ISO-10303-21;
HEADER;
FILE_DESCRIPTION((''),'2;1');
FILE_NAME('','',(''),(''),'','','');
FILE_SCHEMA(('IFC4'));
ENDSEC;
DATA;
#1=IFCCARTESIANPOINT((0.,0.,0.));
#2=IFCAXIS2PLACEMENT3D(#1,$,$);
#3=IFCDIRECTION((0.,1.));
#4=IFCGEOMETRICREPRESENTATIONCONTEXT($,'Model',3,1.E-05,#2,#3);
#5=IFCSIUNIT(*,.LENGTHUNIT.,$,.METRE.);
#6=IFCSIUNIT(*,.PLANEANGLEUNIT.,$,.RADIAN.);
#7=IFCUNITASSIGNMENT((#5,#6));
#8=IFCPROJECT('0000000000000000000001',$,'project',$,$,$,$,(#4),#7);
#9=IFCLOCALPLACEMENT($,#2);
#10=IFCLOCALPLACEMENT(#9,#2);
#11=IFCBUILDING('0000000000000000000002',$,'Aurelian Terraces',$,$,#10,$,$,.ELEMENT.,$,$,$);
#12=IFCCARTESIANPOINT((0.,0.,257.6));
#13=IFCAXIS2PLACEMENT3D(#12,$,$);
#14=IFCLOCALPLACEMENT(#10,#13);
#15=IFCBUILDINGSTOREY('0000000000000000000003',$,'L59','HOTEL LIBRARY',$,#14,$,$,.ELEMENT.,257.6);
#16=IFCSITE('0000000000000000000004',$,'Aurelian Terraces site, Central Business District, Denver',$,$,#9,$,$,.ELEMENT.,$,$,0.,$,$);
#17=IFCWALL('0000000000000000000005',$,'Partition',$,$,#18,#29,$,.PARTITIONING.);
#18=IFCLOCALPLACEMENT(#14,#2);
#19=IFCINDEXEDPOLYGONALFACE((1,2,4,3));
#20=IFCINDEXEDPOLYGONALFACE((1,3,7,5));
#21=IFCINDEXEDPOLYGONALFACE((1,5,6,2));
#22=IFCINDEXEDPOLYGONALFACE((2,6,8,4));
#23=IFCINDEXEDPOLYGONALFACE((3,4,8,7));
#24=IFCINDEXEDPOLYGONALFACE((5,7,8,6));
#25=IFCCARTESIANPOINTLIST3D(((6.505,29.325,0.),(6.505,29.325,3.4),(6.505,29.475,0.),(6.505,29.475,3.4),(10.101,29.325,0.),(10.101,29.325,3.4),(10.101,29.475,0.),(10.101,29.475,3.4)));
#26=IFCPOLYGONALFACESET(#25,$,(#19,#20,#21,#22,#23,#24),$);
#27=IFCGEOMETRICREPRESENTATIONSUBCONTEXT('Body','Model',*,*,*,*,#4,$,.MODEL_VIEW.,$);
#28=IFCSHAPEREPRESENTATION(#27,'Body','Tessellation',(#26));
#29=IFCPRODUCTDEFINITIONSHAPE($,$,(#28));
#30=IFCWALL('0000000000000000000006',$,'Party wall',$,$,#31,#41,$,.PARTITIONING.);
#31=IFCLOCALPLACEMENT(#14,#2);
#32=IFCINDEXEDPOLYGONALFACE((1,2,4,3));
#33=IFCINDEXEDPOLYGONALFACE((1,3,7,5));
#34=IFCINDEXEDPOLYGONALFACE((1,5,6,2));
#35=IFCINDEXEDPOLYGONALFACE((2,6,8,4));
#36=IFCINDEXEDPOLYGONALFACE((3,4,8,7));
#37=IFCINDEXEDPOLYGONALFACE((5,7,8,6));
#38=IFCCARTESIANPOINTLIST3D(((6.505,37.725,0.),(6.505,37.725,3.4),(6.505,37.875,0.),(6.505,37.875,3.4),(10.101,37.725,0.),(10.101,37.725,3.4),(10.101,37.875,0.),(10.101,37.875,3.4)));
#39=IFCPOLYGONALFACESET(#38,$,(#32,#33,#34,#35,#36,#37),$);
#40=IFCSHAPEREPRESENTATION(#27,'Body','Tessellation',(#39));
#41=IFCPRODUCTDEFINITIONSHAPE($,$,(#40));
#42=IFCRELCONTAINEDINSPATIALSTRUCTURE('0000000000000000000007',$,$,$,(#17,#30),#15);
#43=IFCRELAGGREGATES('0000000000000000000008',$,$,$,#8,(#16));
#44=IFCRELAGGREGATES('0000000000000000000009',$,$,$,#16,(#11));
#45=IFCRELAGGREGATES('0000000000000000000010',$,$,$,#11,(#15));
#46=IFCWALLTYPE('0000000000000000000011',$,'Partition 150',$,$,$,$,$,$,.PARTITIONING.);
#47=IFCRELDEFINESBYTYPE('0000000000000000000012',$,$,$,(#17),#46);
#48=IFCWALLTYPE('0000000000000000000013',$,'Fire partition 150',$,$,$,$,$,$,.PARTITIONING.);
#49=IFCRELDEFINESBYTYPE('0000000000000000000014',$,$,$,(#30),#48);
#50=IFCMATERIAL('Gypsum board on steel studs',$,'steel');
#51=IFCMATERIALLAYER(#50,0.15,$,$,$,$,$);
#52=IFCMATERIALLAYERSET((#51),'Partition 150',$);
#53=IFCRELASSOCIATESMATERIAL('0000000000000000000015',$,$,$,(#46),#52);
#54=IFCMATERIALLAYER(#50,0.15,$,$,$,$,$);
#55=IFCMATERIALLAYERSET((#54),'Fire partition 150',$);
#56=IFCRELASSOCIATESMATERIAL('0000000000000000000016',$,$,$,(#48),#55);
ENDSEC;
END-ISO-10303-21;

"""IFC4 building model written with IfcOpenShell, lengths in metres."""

from ifc_helpers import new_model, si_unit, direction, frame, frame_2d, origin, place, context, subcontext, project, spatial, rectangle, extrude, source, transform, mapped, material, layer, layer_set, type_object, element, save


model = new_model("IFC4")

# Units and contexts
model_context = context("Model", 3, precision=1e-05, world=origin(), true_north=direction((0.0, 1.0)))
body_context = subcontext(model_context, "Body", "Model", "MODEL_VIEW")
ifc_project = project(units=[si_unit("LENGTHUNIT", "METRE"), si_unit("PLANEANGLEUNIT", "RADIAN")], contexts=[model_context])

# Site, building, storey
site_placement = place(None, origin())
site = spatial("IfcSite", under=ifc_project, at=site_placement, Name="Aurelian Terraces site, Central Business District, Denver", CompositionType="ELEMENT", RefElevation=0.0)
building_placement = place(site_placement, origin())
building = spatial("IfcBuilding", under=site, at=building_placement, Name="Aurelian Terraces", CompositionType="ELEMENT")
storey_placement = place(building_placement, frame((0.0, 0.0, 257.6)))
storey = spatial("IfcBuildingStorey", under=building, at=storey_placement, Name="L59", Description="HOTEL LIBRARY", CompositionType="ELEMENT", Elevation=257.6)

# Shared definitions
ifc_material_1 = material(Name="Gypsum board on steel studs", Category="steel")
ifc_layer_1 = layer(ifc_material_1, 0.15)
ifc_layer_set_1 = layer_set([ifc_layer_1], Name="Partition 150")
wall_type_1 = type_object("IfcWallType", Name="Partition 150", PredefinedType="PARTITIONING", material=ifc_layer_set_1)

# Walls
shared_shape_1 = source(origin(), body_context, "Body", "SweptSolid", [
    extrude(rectangle(XDim=3.596, YDim=0.15, at=frame_2d((1.798, 0.0))), origin(), (0.0, 0.0, 1.0), 3.4),
])
wall_1_placement = place(storey_placement, frame((10.101, 29.4, 0.0), z_axis=(0.0, 0.0, 1.0), x_axis=(-1.0, 0.0, 0.0)))
element("IfcWall", 1, at=wall_1_placement, inside=storey, type_object=wall_type_1, Name="Partition", PredefinedType="PARTITIONING", context=body_context, shape_type="MappedRepresentation", body=[
    mapped(shared_shape_1, transform((0.0, 0.0, 0.0), scale=1.0)),
])
ifc_layer_2 = layer(ifc_material_1, 0.15)
ifc_layer_set_2 = layer_set([ifc_layer_2], Name="Fire partition 150")
wall_type_2 = type_object("IfcWallType", Name="Fire partition 150", PredefinedType="PARTITIONING", material=ifc_layer_set_2)
wall_2_placement = place(storey_placement, frame((10.101, 37.8, 0.0), z_axis=(0.0, 0.0, 1.0), x_axis=(-1.0, 0.0, 0.0)))
element("IfcWall", 2, at=wall_2_placement, inside=storey, type_object=wall_type_2, Name="Party wall", PredefinedType="PARTITIONING", context=body_context, shape_type="MappedRepresentation", body=[
    mapped(shared_shape_1, transform((0.0, 0.0, 0.0), scale=1.0)),
])

save(model, "model.ifc")
